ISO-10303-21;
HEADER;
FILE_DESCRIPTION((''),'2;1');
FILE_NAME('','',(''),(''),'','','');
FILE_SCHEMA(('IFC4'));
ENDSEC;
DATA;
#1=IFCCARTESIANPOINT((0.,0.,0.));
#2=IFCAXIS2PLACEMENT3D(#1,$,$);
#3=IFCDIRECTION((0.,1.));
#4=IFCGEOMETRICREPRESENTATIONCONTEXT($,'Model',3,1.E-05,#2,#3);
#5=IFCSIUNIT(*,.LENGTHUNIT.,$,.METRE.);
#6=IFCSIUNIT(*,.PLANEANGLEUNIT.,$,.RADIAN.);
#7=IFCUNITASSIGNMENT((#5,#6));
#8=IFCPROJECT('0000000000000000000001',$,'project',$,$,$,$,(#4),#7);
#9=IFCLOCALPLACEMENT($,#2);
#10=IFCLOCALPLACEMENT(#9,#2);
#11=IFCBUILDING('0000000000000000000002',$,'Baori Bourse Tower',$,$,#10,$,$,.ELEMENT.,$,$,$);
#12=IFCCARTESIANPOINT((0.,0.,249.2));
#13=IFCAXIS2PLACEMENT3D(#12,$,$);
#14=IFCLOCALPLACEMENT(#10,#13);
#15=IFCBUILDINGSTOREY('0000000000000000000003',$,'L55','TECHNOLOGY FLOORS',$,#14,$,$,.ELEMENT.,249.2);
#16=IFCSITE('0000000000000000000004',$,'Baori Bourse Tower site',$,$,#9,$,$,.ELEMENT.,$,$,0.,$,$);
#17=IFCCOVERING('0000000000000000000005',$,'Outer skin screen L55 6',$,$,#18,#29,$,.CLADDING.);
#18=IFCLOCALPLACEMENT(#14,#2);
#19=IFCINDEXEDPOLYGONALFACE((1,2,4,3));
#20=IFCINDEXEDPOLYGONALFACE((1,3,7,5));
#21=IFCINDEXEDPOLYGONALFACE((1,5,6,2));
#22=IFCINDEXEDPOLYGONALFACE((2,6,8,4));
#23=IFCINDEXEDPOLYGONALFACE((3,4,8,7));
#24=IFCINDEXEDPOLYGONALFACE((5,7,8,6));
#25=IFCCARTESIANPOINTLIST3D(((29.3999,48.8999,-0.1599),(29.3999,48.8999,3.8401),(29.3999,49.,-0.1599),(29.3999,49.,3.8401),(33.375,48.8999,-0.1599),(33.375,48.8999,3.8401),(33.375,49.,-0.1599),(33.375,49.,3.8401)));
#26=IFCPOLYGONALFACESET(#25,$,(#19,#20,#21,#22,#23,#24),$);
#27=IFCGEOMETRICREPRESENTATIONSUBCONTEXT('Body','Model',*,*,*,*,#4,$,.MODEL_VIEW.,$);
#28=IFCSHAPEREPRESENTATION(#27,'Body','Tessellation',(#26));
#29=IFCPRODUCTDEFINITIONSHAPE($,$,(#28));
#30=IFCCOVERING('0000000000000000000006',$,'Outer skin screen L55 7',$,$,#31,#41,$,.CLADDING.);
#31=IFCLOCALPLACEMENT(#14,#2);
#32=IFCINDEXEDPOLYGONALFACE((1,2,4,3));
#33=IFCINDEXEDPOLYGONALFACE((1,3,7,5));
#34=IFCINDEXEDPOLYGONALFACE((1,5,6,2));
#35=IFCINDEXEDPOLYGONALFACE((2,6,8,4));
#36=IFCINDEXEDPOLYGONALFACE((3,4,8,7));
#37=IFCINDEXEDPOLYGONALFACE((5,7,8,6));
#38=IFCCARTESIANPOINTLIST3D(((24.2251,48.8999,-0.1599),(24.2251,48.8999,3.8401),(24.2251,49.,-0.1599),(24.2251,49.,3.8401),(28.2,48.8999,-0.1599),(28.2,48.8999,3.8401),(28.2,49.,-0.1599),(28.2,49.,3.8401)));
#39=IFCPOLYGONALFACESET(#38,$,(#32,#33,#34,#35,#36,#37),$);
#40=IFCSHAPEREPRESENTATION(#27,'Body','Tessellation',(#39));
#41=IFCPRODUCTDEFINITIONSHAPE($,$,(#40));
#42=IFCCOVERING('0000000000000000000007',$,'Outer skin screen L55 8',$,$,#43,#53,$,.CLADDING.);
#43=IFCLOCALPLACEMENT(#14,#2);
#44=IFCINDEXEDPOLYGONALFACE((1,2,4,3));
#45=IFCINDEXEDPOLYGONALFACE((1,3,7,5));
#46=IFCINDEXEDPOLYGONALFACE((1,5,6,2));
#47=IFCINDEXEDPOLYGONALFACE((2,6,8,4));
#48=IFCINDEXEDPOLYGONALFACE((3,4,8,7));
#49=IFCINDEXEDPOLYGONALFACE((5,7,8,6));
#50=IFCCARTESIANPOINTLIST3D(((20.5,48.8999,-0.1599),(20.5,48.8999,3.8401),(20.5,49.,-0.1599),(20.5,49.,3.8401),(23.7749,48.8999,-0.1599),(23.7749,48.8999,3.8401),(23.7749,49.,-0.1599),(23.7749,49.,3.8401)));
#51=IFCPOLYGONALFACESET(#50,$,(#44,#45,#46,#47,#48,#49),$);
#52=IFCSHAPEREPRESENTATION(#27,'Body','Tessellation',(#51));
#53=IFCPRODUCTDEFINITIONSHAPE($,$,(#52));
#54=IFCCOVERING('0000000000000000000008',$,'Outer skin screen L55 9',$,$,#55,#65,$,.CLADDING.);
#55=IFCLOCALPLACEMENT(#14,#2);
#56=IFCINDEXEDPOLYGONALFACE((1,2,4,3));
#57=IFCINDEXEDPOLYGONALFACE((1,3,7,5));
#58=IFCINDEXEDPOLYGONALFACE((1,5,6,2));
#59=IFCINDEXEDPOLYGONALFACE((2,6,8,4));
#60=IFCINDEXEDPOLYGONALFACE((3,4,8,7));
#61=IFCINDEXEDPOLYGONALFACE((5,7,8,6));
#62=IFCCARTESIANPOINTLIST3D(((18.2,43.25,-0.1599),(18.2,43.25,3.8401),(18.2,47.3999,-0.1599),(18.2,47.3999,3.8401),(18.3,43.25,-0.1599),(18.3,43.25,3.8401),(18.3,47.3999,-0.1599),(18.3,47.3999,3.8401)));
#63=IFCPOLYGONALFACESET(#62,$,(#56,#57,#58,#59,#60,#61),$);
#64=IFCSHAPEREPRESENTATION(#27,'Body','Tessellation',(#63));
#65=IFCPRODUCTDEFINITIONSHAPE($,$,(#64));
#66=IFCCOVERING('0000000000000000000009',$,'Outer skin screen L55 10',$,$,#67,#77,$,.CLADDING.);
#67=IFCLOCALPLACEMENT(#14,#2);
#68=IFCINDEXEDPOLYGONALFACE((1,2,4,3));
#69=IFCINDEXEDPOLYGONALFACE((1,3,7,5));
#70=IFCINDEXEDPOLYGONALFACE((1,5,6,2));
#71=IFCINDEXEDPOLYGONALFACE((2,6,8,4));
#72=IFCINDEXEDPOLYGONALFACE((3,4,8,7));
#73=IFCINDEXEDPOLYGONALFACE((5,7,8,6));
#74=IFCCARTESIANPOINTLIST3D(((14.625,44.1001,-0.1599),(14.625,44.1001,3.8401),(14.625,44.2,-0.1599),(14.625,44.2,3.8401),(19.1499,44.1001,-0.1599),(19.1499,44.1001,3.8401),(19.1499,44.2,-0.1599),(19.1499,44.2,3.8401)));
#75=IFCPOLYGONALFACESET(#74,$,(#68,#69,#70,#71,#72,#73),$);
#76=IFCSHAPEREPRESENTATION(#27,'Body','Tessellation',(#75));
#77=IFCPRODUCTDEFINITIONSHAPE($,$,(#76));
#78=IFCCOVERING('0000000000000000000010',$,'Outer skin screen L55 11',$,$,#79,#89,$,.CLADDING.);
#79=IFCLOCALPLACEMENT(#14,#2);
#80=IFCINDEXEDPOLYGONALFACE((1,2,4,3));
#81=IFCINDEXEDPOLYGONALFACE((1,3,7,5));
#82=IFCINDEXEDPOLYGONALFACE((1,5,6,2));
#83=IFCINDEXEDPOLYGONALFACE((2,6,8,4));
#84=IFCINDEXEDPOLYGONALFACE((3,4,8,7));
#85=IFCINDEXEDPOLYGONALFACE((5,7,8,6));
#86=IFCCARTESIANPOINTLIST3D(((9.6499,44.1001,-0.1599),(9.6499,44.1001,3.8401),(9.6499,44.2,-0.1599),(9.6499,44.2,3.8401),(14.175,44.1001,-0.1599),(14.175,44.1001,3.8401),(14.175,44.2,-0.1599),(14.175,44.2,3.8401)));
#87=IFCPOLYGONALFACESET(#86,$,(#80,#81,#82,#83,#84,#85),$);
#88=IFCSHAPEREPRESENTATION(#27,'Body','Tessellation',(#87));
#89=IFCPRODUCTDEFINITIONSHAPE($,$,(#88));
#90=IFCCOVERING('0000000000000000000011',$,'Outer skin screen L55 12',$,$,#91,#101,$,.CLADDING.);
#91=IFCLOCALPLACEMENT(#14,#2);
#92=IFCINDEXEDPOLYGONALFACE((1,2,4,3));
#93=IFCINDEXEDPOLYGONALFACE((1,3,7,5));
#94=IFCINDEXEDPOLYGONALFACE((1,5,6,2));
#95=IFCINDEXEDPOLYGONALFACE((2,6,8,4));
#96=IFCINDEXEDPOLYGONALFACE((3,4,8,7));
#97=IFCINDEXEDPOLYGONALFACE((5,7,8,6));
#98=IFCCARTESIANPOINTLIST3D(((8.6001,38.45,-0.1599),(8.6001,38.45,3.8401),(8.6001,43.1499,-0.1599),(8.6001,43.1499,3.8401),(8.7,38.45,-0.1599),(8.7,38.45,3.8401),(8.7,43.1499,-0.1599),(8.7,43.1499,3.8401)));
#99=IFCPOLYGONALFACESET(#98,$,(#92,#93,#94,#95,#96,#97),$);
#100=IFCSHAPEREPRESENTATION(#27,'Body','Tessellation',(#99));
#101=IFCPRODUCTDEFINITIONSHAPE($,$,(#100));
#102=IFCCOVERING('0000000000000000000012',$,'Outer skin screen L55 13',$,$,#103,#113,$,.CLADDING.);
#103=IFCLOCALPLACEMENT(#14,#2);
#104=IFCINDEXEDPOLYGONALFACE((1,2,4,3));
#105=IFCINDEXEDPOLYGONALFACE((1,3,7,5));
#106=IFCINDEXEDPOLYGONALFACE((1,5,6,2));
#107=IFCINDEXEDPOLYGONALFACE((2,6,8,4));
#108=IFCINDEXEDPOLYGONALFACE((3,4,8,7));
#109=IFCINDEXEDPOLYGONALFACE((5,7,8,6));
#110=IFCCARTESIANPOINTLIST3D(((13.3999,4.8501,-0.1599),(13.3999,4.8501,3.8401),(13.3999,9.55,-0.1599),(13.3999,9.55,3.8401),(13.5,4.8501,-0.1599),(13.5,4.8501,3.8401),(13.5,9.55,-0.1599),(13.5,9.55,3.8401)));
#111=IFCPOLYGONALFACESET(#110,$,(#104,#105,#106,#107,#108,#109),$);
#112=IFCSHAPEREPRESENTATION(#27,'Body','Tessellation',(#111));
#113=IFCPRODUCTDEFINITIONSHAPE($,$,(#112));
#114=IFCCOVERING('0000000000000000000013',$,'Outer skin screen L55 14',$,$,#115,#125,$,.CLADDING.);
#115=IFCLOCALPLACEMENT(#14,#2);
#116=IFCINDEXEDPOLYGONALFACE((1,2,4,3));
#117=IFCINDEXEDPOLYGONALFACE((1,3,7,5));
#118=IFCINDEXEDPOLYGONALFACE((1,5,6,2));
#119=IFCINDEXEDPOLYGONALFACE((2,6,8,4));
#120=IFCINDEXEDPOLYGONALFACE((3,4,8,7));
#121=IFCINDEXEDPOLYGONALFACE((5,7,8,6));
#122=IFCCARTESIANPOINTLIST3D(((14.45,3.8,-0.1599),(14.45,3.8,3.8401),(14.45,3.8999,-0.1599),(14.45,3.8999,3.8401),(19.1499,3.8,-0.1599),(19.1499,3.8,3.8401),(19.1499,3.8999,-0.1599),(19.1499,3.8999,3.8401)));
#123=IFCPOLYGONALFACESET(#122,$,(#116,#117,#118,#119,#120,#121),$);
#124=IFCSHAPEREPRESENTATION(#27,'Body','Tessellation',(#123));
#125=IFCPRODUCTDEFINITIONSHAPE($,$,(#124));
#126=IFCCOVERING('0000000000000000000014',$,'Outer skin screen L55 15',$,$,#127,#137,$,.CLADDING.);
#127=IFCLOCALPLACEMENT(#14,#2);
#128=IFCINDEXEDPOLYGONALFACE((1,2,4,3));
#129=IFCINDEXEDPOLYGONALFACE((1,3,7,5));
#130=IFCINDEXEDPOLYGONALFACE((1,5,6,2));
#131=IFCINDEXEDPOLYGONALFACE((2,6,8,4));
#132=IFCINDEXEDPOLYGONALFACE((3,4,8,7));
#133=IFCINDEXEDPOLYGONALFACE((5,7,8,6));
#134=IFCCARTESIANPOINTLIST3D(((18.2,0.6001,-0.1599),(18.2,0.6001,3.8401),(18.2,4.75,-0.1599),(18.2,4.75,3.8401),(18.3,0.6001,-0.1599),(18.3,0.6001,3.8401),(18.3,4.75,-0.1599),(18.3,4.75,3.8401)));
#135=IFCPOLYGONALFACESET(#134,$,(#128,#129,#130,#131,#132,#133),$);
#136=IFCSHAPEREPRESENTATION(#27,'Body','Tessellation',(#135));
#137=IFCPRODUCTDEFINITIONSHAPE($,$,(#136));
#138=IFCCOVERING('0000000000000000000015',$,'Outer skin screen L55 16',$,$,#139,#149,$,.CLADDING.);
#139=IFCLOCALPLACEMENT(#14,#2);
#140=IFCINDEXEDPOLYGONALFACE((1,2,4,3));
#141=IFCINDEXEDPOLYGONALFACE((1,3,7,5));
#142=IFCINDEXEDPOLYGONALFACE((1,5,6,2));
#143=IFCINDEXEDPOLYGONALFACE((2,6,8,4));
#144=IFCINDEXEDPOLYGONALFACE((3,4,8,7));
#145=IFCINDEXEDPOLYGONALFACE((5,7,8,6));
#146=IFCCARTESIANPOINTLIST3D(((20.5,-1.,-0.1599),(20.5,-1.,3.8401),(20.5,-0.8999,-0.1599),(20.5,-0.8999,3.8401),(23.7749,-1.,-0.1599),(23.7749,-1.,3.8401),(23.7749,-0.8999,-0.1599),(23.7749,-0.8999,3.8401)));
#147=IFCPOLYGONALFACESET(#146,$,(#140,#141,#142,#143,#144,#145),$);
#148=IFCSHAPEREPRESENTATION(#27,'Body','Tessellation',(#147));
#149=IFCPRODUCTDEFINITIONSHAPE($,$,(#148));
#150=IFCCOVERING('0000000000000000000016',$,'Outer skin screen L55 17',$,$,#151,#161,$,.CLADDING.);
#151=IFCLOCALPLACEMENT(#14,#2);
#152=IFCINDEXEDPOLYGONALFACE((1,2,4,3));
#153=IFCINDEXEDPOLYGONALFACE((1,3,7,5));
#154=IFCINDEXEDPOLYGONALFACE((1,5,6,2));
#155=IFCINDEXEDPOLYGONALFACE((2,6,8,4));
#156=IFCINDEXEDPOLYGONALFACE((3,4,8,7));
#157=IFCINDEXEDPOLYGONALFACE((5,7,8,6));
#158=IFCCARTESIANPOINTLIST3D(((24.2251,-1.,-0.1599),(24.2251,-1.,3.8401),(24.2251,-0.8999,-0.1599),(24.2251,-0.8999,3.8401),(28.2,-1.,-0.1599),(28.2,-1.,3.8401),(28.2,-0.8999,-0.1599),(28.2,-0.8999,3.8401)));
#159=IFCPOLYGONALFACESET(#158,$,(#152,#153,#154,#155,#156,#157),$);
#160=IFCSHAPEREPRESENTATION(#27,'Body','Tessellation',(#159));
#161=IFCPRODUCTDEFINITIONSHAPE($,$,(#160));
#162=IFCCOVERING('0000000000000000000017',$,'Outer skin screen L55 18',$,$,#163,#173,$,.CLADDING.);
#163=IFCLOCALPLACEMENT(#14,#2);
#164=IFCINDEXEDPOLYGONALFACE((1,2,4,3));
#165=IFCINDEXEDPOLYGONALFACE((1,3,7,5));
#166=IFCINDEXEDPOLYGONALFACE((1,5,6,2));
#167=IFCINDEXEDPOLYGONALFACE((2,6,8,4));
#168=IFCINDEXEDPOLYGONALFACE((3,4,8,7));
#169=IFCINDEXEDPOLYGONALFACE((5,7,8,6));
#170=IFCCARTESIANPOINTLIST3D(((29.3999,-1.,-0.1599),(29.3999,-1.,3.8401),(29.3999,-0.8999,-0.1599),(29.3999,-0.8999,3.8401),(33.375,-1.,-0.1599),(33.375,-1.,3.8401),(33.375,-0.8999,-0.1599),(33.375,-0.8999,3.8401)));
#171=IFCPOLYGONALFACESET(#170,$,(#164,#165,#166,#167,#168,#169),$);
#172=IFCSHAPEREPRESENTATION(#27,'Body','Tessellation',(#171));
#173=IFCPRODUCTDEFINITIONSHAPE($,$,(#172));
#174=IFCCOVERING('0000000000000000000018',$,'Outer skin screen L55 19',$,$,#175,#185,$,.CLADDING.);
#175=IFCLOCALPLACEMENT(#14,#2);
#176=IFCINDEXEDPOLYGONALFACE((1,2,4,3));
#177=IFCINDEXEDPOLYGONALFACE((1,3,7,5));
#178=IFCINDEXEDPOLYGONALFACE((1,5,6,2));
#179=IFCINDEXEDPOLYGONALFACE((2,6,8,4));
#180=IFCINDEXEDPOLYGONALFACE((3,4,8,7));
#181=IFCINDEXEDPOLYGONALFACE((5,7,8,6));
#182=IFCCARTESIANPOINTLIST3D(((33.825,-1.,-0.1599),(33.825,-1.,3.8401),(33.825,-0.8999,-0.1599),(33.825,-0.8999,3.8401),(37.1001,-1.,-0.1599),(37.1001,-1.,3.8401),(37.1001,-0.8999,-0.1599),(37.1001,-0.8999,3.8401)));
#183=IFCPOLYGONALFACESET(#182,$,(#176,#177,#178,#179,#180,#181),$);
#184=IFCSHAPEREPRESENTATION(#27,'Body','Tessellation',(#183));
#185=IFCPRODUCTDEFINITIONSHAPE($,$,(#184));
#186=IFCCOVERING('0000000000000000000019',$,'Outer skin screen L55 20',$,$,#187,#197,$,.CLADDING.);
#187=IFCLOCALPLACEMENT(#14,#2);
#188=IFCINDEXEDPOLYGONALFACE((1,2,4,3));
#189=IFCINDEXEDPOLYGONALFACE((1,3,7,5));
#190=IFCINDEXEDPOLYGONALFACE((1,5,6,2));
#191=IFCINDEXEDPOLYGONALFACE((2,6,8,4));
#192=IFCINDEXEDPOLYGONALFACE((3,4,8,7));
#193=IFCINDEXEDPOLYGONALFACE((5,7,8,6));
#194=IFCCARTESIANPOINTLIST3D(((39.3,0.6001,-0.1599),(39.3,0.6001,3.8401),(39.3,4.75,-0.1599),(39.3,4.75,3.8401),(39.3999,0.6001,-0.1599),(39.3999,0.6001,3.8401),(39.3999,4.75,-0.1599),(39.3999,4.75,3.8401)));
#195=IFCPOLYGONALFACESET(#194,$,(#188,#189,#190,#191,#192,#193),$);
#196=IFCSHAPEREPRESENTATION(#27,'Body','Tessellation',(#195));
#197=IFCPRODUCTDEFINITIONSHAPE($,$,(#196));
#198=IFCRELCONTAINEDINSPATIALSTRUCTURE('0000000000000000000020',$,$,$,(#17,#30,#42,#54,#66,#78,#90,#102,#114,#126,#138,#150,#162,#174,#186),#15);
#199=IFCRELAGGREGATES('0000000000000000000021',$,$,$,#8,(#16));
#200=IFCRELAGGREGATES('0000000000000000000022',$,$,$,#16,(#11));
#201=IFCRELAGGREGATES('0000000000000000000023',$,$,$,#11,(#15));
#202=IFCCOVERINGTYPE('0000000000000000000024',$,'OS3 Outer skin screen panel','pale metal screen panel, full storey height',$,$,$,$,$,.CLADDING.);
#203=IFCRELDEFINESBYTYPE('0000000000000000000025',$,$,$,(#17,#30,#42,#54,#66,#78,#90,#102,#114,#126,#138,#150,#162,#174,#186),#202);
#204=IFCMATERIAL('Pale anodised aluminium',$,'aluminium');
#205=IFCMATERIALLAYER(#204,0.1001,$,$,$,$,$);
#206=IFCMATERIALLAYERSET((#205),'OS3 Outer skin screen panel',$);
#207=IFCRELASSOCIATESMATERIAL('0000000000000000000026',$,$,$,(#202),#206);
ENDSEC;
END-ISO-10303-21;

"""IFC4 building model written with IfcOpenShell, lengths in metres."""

from ifc_helpers import new_model, si_unit, direction, frame, origin, place, context, subcontext, project, spatial, polyline, outline, extrude, material, layer, layer_set, type_object, element, save


model = new_model("IFC4")

# Units and contexts
model_context = context("Model", 3, precision=1e-05, world=origin(), true_north=direction((0.0, 1.0)))
body_context = subcontext(model_context, "Body", "Model", "MODEL_VIEW")
ifc_project = project(units=[si_unit("LENGTHUNIT", "METRE"), si_unit("PLANEANGLEUNIT", "RADIAN")], contexts=[model_context])

# Site, building, storey
site_placement = place(None, origin())
site = spatial("IfcSite", under=ifc_project, at=site_placement, Name="Baori Bourse Tower site", CompositionType="ELEMENT", RefElevation=0.0)
building_placement = place(site_placement, origin())
building = spatial("IfcBuilding", under=site, at=building_placement, Name="Baori Bourse Tower", CompositionType="ELEMENT")
storey_placement = place(building_placement, frame((0.0, 0.0, 249.2)))
storey = spatial("IfcBuildingStorey", under=building, at=storey_placement, Name="L55", Description="TECHNOLOGY FLOORS", CompositionType="ELEMENT", Elevation=249.2)

# Coverings
ifc_material_1 = material(Name="Pale anodised aluminium", Category="aluminium")
ifc_layer_1 = layer(ifc_material_1, 0.1001)
ifc_layer_set_1 = layer_set([ifc_layer_1], Name="OS3 Outer skin screen panel")
covering_type = type_object("IfcCoveringType", Name="OS3 Outer skin screen panel", Description="pale metal screen panel, full storey height", PredefinedType="CLADDING", material=ifc_layer_set_1)
covering_1_placement = place(storey_placement, frame((0.0, 0.0, -0.1599)))
element("IfcCovering", 1, at=covering_1_placement, inside=storey, type_object=covering_type, Name="Outer skin screen L55 6", PredefinedType="CLADDING", context=body_context, shape_type="SweptSolid", body=[
    extrude(outline(polyline([(29.3999, 48.8999), (33.375, 48.8999), (33.375, 49.0), (29.3999, 49.0), (29.3999, 48.8999)])), origin(), (0.0, 0.0, 1.0), 4.0),
])
covering_2_placement = place(storey_placement, frame((0.0, 0.0, -0.1599)))
element("IfcCovering", 2, at=covering_2_placement, inside=storey, type_object=covering_type, Name="Outer skin screen L55 7", PredefinedType="CLADDING", context=body_context, shape_type="SweptSolid", body=[
    extrude(outline(polyline([(24.2251, 48.8999), (28.2, 48.8999), (28.2, 49.0), (24.2251, 49.0), (24.2251, 48.8999)])), origin(), (0.0, 0.0, 1.0), 4.0),
])
covering_3_placement = place(storey_placement, frame((0.0, 0.0, -0.1599)))
element("IfcCovering", 3, at=covering_3_placement, inside=storey, type_object=covering_type, Name="Outer skin screen L55 8", PredefinedType="CLADDING", context=body_context, shape_type="SweptSolid", body=[
    extrude(outline(polyline([(20.5, 48.8999), (23.7749, 48.8999), (23.7749, 49.0), (20.5, 49.0), (20.5, 48.8999)])), origin(), (0.0, 0.0, 1.0), 4.0),
])
covering_4_placement = place(storey_placement, frame((0.0, 0.0, -0.1599)))
element("IfcCovering", 4, at=covering_4_placement, inside=storey, type_object=covering_type, Name="Outer skin screen L55 9", PredefinedType="CLADDING", context=body_context, shape_type="SweptSolid", body=[
    extrude(outline(polyline([(18.3, 43.25), (18.3, 47.3999), (18.2, 47.3999), (18.2, 43.25), (18.3, 43.25)])), origin(), (0.0, 0.0, 1.0), 4.0),
])
covering_5_placement = place(storey_placement, frame((0.0, 0.0, -0.1599)))
element("IfcCovering", 5, at=covering_5_placement, inside=storey, type_object=covering_type, Name="Outer skin screen L55 10", PredefinedType="CLADDING", context=body_context, shape_type="SweptSolid", body=[
    extrude(outline(polyline([(14.625, 44.1001), (19.1499, 44.1001), (19.1499, 44.2), (14.625, 44.2), (14.625, 44.1001)])), origin(), (0.0, 0.0, 1.0), 4.0),
])
covering_6_placement = place(storey_placement, frame((0.0, 0.0, -0.1599)))
element("IfcCovering", 6, at=covering_6_placement, inside=storey, type_object=covering_type, Name="Outer skin screen L55 11", PredefinedType="CLADDING", context=body_context, shape_type="SweptSolid", body=[
    extrude(outline(polyline([(9.6499, 44.1001), (14.175, 44.1001), (14.175, 44.2), (9.6499, 44.2), (9.6499, 44.1001)])), origin(), (0.0, 0.0, 1.0), 4.0),
])
covering_7_placement = place(storey_placement, frame((0.0, 0.0, -0.1599)))
element("IfcCovering", 7, at=covering_7_placement, inside=storey, type_object=covering_type, Name="Outer skin screen L55 12", PredefinedType="CLADDING", context=body_context, shape_type="SweptSolid", body=[
    extrude(outline(polyline([(8.7, 38.45), (8.7, 43.1499), (8.6001, 43.1499), (8.6001, 38.45), (8.7, 38.45)])), origin(), (0.0, 0.0, 1.0), 4.0),
])
covering_8_placement = place(storey_placement, frame((0.0, 0.0, -0.1599)))
element("IfcCovering", 8, at=covering_8_placement, inside=storey, type_object=covering_type, Name="Outer skin screen L55 13", PredefinedType="CLADDING", context=body_context, shape_type="SweptSolid", body=[
    extrude(outline(polyline([(13.5, 4.8501), (13.5, 9.55), (13.3999, 9.55), (13.3999, 4.8501), (13.5, 4.8501)])), origin(), (0.0, 0.0, 1.0), 4.0),
])
covering_9_placement = place(storey_placement, frame((0.0, 0.0, -0.1599)))
element("IfcCovering", 9, at=covering_9_placement, inside=storey, type_object=covering_type, Name="Outer skin screen L55 14", PredefinedType="CLADDING", context=body_context, shape_type="SweptSolid", body=[
    extrude(outline(polyline([(19.1499, 3.8999), (14.45, 3.8999), (14.45, 3.8), (19.1499, 3.8), (19.1499, 3.8999)])), origin(), (0.0, 0.0, 1.0), 4.0),
])
covering_10_placement = place(storey_placement, frame((0.0, 0.0, -0.1599)))
element("IfcCovering", 10, at=covering_10_placement, inside=storey, type_object=covering_type, Name="Outer skin screen L55 15", PredefinedType="CLADDING", context=body_context, shape_type="SweptSolid", body=[
    extrude(outline(polyline([(18.3, 0.6001), (18.3, 4.75), (18.2, 4.75), (18.2, 0.6001), (18.3, 0.6001)])), origin(), (0.0, 0.0, 1.0), 4.0),
])
covering_11_placement = place(storey_placement, frame((0.0, 0.0, -0.1599)))
element("IfcCovering", 11, at=covering_11_placement, inside=storey, type_object=covering_type, Name="Outer skin screen L55 16", PredefinedType="CLADDING", context=body_context, shape_type="SweptSolid", body=[
    extrude(outline(polyline([(23.7749, -0.8999), (20.5, -0.8999), (20.5, -1.0), (23.7749, -1.0), (23.7749, -0.8999)])), origin(), (0.0, 0.0, 1.0), 4.0),
])
covering_12_placement = place(storey_placement, frame((0.0, 0.0, -0.1599)))
element("IfcCovering", 12, at=covering_12_placement, inside=storey, type_object=covering_type, Name="Outer skin screen L55 17", PredefinedType="CLADDING", context=body_context, shape_type="SweptSolid", body=[
    extrude(outline(polyline([(28.2, -0.8999), (24.2251, -0.8999), (24.2251, -1.0), (28.2, -1.0), (28.2, -0.8999)])), origin(), (0.0, 0.0, 1.0), 4.0),
])
covering_13_placement = place(storey_placement, frame((0.0, 0.0, -0.1599)))
element("IfcCovering", 13, at=covering_13_placement, inside=storey, type_object=covering_type, Name="Outer skin screen L55 18", PredefinedType="CLADDING", context=body_context, shape_type="SweptSolid", body=[
    extrude(outline(polyline([(33.375, -0.8999), (29.3999, -0.8999), (29.3999, -1.0), (33.375, -1.0), (33.375, -0.8999)])), origin(), (0.0, 0.0, 1.0), 4.0),
])
covering_14_placement = place(storey_placement, frame((0.0, 0.0, -0.1599)))
element("IfcCovering", 14, at=covering_14_placement, inside=storey, type_object=covering_type, Name="Outer skin screen L55 19", PredefinedType="CLADDING", context=body_context, shape_type="SweptSolid", body=[
    extrude(outline(polyline([(37.1001, -0.8999), (33.825, -0.8999), (33.825, -1.0), (37.1001, -1.0), (37.1001, -0.8999)])), origin(), (0.0, 0.0, 1.0), 4.0),
])
covering_15_placement = place(storey_placement, frame((0.0, 0.0, -0.1599)))
element("IfcCovering", 15, at=covering_15_placement, inside=storey, type_object=covering_type, Name="Outer skin screen L55 20", PredefinedType="CLADDING", context=body_context, shape_type="SweptSolid", body=[
    extrude(outline(polyline([(39.3, 4.75), (39.3, 0.6001), (39.3999, 0.6001), (39.3999, 4.75), (39.3, 4.75)])), origin(), (0.0, 0.0, 1.0), 4.0),
])

save(model, "model.ifc")
